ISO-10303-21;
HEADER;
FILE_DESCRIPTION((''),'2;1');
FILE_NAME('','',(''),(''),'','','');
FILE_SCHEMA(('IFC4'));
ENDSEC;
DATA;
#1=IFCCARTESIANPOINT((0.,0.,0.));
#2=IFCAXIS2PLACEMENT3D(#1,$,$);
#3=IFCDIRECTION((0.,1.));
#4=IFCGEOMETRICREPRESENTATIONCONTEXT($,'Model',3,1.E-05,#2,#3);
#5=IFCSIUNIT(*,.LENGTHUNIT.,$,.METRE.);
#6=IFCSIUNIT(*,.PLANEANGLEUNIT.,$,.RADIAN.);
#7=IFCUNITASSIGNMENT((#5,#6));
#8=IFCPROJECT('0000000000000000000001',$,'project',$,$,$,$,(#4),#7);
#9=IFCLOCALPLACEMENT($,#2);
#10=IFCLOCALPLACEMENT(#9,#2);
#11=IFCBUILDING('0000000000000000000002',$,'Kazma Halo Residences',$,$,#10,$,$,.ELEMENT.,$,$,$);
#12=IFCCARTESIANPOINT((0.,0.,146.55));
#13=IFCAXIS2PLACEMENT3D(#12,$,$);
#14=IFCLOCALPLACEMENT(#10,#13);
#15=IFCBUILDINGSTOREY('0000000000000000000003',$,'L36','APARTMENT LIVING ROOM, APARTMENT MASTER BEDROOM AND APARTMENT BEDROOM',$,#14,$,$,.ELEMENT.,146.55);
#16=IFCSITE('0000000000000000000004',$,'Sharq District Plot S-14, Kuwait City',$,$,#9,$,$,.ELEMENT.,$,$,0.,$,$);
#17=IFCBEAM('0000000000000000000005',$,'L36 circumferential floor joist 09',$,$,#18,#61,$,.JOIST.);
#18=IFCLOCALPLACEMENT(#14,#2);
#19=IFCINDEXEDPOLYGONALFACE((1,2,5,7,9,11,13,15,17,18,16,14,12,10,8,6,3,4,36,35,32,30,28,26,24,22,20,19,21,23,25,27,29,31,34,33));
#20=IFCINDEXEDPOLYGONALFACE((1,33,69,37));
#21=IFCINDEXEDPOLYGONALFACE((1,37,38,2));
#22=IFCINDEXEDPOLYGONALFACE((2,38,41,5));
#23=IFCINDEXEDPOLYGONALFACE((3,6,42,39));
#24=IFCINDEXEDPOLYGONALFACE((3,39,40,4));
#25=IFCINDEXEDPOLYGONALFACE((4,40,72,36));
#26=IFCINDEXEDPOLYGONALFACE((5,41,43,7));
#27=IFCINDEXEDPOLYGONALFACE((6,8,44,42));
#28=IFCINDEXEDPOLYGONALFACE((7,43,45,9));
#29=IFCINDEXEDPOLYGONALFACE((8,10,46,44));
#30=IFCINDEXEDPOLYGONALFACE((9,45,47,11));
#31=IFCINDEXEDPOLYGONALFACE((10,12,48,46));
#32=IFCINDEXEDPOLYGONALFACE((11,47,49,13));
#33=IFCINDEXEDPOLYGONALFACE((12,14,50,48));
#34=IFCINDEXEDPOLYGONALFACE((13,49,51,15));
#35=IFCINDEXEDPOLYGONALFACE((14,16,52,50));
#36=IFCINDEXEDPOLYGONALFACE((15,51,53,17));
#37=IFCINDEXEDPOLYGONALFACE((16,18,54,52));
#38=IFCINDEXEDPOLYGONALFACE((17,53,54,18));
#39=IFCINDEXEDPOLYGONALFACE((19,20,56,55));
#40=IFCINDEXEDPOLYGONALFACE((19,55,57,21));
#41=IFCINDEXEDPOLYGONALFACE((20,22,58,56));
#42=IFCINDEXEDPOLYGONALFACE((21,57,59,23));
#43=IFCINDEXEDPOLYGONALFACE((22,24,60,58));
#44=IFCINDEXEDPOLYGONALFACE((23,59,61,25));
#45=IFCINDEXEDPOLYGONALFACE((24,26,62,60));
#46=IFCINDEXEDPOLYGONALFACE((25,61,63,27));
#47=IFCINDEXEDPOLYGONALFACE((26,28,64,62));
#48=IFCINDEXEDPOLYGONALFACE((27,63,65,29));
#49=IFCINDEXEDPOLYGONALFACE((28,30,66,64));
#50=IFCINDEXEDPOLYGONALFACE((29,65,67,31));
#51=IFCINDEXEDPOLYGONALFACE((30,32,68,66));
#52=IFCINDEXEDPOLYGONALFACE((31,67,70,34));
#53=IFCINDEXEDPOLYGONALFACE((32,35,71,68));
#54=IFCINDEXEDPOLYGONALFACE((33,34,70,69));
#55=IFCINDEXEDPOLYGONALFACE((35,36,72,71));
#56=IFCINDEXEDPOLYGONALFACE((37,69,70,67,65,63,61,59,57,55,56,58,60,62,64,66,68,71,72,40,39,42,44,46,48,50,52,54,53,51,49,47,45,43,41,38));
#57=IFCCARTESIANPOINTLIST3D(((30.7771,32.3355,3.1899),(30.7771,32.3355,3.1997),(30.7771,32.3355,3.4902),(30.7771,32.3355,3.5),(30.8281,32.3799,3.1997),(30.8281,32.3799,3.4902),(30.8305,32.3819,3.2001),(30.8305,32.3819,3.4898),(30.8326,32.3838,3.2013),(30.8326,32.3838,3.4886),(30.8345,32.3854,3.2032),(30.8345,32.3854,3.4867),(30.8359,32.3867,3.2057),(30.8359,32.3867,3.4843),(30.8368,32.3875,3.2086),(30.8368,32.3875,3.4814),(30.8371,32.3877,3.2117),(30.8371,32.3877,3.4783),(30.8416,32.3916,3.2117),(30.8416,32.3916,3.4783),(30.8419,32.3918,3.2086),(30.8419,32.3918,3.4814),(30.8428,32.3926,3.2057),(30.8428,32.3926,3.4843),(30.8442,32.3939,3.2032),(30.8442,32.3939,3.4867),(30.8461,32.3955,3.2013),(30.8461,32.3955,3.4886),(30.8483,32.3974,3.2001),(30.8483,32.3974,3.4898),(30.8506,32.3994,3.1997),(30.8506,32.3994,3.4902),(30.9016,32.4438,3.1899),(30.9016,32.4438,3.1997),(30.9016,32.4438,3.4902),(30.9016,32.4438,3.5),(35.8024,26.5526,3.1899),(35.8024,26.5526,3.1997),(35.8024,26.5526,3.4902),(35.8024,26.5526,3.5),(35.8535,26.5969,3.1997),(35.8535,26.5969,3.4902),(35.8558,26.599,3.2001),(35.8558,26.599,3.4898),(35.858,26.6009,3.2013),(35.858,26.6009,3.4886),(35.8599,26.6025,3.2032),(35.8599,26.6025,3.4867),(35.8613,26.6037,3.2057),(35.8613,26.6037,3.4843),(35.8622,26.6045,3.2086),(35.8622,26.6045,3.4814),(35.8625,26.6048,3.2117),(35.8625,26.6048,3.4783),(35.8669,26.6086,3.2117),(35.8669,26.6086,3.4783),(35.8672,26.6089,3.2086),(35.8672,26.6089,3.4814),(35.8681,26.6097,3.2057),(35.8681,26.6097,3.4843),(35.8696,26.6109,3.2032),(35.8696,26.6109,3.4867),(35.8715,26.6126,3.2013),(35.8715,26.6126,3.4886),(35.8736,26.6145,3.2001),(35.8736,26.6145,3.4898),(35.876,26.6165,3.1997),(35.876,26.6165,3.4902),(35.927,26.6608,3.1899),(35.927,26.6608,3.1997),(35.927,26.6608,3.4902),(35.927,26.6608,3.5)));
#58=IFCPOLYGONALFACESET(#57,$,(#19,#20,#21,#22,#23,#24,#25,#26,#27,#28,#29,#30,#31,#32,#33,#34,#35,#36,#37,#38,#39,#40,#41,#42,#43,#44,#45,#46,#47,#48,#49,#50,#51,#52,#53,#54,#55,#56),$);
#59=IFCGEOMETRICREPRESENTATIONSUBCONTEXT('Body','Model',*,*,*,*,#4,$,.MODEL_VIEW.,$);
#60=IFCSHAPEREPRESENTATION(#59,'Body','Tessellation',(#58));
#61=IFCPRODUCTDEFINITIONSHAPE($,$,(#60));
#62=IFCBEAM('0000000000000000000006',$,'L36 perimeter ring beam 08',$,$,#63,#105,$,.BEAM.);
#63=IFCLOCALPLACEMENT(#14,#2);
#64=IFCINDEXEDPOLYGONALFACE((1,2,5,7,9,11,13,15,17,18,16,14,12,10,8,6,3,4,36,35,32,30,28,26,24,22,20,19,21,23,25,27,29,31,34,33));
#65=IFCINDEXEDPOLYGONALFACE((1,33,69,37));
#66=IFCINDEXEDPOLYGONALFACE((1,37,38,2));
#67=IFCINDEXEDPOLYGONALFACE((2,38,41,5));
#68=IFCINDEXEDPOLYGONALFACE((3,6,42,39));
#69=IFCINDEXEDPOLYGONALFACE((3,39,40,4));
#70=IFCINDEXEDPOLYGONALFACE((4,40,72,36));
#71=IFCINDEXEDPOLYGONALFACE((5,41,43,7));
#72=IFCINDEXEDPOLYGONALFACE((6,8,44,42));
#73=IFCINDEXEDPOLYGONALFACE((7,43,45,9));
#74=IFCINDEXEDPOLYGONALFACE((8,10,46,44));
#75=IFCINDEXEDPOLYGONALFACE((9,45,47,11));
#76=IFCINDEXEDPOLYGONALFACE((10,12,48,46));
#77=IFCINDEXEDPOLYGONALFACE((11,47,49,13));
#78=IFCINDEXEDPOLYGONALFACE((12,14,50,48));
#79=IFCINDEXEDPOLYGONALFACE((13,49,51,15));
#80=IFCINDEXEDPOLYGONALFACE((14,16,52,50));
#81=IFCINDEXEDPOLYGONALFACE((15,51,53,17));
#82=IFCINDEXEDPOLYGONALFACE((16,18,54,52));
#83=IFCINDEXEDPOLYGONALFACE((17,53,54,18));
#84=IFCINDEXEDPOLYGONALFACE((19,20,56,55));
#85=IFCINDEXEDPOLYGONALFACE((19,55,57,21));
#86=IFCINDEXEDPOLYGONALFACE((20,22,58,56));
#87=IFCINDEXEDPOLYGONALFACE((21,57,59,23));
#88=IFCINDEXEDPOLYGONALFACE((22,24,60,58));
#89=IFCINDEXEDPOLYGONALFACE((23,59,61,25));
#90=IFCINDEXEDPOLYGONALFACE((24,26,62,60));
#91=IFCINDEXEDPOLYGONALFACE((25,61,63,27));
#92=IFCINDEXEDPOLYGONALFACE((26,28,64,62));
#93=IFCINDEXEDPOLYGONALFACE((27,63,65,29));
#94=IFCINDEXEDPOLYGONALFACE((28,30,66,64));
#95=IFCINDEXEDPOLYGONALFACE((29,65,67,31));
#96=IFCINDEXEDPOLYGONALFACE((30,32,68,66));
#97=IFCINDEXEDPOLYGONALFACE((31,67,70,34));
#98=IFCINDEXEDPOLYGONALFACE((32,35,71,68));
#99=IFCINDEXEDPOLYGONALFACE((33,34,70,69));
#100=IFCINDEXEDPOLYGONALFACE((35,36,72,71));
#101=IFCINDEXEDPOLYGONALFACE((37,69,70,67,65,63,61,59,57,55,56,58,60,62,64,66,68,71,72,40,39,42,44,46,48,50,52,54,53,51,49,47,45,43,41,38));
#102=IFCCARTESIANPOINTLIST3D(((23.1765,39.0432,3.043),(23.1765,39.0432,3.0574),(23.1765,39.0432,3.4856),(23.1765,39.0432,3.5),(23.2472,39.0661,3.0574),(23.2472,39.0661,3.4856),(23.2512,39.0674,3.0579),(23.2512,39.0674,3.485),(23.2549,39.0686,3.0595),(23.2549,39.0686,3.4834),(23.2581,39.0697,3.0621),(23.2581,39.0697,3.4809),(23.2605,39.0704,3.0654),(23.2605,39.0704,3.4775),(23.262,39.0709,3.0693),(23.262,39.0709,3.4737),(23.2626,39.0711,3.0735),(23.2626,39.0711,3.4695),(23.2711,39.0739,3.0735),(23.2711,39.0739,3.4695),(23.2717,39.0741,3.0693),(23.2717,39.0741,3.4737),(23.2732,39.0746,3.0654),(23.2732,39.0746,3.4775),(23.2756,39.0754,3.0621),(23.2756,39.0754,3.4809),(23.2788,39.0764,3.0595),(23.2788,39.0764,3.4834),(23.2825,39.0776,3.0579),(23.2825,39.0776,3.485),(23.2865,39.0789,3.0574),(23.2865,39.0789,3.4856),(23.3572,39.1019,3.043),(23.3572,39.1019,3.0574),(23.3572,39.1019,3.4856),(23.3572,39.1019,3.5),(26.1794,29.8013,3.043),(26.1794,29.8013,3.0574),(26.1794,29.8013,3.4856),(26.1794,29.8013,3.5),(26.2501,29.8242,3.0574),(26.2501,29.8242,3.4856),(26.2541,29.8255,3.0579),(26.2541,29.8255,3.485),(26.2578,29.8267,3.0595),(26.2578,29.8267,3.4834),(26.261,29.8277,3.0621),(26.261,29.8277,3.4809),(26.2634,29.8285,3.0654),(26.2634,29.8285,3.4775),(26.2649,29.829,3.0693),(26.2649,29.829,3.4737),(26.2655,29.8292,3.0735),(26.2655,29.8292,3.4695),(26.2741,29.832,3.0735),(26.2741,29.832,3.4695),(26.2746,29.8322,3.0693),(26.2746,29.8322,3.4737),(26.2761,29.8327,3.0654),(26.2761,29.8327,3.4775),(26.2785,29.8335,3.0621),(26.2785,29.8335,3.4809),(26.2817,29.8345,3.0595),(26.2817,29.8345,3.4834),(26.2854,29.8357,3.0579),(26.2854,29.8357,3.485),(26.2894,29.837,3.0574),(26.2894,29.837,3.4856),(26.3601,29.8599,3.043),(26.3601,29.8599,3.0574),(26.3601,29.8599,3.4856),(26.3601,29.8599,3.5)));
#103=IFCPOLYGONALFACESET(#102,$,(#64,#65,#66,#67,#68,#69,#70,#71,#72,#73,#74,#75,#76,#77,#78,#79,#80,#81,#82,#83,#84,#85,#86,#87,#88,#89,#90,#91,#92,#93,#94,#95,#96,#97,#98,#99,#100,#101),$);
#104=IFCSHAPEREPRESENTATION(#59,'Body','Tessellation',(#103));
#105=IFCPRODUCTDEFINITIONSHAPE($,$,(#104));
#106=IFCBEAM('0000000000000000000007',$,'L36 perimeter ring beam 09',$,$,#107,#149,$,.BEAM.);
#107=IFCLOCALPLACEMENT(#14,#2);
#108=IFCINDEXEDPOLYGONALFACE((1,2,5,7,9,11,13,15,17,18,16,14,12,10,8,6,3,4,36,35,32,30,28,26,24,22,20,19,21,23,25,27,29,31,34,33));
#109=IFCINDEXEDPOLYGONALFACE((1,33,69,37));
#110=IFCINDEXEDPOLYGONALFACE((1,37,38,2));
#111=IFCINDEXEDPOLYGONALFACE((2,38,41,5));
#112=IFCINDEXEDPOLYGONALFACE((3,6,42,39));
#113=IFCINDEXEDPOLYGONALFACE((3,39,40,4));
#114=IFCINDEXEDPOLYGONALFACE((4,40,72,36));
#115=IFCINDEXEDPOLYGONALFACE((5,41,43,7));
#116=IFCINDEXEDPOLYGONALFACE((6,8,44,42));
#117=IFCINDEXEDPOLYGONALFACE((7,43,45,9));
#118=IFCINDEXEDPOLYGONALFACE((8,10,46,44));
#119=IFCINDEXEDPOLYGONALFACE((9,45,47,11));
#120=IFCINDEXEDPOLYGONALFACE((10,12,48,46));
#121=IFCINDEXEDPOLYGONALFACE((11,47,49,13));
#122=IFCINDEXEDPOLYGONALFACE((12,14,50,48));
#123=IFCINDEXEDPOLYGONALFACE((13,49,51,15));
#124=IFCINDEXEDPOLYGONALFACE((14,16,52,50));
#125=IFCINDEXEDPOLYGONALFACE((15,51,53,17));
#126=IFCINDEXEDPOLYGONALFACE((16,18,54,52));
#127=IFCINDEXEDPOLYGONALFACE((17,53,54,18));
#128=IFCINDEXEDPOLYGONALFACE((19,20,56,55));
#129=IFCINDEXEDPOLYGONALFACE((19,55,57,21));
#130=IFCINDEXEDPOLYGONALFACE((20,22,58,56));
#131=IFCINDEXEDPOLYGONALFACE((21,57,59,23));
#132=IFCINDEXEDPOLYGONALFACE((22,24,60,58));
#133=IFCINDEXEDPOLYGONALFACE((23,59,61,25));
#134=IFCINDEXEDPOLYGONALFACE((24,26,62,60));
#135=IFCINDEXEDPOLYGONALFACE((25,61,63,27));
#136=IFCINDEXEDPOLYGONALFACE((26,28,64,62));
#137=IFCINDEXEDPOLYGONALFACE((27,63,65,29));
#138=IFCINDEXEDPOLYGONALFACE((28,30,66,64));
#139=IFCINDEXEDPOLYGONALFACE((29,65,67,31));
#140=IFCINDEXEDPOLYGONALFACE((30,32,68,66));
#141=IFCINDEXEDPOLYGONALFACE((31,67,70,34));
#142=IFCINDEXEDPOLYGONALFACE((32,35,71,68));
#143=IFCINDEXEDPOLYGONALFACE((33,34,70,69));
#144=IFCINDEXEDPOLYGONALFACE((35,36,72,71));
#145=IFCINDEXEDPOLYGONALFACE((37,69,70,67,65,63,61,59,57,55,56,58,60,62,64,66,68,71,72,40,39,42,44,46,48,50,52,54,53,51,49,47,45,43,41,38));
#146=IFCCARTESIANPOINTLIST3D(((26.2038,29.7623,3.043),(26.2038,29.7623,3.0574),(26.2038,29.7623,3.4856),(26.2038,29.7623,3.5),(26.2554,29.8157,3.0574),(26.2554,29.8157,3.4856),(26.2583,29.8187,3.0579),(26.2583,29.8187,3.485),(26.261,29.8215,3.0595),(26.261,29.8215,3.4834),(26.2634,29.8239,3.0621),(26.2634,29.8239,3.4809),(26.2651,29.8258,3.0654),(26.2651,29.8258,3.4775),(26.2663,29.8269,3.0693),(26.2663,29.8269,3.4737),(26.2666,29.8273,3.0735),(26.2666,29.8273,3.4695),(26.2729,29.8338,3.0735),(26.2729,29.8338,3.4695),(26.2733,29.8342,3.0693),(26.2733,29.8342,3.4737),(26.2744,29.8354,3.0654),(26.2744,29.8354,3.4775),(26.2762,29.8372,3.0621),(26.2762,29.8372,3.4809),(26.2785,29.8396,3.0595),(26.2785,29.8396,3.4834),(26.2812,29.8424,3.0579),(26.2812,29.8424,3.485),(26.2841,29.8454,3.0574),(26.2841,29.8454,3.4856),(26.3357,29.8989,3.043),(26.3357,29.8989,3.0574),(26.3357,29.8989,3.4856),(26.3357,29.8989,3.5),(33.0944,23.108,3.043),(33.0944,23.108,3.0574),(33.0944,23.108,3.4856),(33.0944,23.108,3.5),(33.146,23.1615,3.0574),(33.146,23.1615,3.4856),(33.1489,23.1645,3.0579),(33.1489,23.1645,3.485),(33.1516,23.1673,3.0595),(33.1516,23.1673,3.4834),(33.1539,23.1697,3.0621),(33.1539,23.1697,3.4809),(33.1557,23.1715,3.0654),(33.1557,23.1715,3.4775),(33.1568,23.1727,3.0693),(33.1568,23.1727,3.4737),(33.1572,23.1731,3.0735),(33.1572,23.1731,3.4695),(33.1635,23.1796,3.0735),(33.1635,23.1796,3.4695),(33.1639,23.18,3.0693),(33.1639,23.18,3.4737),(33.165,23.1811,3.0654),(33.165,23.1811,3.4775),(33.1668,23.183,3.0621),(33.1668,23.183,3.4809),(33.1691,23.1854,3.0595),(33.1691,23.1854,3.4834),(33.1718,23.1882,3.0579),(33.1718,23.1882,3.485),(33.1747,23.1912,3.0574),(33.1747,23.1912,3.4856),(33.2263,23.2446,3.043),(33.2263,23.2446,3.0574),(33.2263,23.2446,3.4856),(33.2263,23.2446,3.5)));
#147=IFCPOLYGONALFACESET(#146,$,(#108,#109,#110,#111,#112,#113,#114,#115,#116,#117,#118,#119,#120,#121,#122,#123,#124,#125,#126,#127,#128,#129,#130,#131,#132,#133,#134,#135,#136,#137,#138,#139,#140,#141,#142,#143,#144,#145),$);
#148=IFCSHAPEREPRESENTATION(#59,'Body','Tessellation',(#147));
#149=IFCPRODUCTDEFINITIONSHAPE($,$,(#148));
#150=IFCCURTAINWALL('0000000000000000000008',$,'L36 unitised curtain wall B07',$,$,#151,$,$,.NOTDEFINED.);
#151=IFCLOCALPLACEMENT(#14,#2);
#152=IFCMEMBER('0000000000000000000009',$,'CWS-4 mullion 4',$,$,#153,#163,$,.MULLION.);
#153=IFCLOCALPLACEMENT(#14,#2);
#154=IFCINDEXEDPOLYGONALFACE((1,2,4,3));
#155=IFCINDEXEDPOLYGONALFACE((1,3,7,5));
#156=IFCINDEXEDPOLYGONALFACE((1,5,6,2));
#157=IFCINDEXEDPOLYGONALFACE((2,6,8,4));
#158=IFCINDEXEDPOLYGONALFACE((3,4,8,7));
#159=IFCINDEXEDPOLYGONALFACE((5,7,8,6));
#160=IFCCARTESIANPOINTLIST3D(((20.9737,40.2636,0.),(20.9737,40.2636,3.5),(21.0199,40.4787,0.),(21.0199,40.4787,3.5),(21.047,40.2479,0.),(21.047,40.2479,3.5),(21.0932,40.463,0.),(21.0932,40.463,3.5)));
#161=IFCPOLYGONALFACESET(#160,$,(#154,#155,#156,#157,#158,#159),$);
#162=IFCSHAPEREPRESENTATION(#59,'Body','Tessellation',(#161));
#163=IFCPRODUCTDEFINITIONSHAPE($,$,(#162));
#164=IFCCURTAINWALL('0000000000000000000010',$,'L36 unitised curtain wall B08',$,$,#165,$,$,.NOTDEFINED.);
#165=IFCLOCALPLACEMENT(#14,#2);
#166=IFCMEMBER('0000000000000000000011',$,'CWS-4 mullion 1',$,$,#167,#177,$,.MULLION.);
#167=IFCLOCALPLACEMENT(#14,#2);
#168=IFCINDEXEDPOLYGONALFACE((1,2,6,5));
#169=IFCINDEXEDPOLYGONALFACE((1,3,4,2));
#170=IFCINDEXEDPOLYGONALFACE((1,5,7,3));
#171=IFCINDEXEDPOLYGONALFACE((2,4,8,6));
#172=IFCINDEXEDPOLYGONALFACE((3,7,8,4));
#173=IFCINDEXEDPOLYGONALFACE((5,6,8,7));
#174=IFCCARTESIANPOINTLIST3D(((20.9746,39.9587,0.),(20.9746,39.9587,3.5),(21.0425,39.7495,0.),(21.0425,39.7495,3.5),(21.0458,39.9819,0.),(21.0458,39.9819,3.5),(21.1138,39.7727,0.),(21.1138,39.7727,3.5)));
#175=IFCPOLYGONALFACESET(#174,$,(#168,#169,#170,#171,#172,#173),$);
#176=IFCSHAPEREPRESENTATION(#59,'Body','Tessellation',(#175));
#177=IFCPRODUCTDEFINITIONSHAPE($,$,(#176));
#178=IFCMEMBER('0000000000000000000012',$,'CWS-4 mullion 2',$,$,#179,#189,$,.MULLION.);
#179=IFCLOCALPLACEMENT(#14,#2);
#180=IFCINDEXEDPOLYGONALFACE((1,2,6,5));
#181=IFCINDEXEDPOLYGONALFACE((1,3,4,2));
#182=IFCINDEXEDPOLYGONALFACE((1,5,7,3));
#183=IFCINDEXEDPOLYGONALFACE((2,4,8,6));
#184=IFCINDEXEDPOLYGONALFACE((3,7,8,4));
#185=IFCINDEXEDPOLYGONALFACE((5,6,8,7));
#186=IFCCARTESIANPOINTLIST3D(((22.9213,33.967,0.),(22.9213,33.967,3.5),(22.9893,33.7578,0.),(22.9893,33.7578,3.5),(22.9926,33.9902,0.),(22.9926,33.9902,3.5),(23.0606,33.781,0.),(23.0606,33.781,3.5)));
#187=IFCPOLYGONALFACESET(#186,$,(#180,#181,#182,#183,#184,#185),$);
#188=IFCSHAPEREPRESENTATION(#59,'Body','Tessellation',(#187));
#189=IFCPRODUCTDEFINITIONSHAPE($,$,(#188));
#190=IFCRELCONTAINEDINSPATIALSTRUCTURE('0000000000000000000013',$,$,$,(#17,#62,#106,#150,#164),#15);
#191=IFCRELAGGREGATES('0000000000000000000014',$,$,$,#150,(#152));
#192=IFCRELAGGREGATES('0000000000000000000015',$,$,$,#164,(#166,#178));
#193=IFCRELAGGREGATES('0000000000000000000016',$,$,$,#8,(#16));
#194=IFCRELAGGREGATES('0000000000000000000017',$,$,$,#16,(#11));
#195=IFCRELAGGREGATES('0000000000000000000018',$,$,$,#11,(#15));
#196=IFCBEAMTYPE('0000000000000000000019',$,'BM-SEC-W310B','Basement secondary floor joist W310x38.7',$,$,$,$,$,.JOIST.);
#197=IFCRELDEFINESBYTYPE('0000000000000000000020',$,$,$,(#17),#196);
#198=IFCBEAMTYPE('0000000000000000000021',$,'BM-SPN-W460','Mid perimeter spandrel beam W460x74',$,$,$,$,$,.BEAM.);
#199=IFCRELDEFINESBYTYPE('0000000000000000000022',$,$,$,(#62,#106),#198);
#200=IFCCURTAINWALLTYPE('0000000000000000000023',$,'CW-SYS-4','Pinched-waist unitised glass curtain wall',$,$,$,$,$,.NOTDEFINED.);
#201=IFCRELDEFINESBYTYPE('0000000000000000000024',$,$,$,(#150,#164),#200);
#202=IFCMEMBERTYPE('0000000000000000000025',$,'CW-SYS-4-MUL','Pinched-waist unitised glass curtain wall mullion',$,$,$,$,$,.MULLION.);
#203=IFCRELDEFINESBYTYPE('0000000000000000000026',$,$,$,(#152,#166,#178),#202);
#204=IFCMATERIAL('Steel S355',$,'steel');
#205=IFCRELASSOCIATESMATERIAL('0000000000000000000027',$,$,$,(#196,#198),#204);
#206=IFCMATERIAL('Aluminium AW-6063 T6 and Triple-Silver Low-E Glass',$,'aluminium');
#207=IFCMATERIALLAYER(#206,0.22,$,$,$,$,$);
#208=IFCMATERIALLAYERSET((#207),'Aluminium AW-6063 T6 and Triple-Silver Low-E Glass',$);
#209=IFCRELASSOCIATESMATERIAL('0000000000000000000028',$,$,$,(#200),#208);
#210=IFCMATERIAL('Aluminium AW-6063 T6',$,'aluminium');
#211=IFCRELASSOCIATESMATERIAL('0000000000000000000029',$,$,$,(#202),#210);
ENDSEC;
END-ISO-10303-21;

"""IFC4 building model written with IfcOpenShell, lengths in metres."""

from ifc_helpers import new_model, si_unit, direction, frame, origin, origin_2d, place, context, subcontext, project, spatial, rectangle, i_section, extrude, material, layer, layer_set, material_profile, profile_set, type_object, element, aggregate, save


model = new_model("IFC4")

# Units and contexts
model_context = context("Model", 3, precision=1e-05, world=origin(), true_north=direction((0.0, 1.0)))
body_context = subcontext(model_context, "Body", "Model", "MODEL_VIEW")
ifc_project = project(units=[si_unit("LENGTHUNIT", "METRE"), si_unit("PLANEANGLEUNIT", "RADIAN")], contexts=[model_context])

# Site, building, storey
site_placement = place(None, origin())
site = spatial("IfcSite", under=ifc_project, at=site_placement, Name="Sharq District Plot S-14, Kuwait City", CompositionType="ELEMENT", RefElevation=0.0)
building_placement = place(site_placement, origin())
building = spatial("IfcBuilding", under=site, at=building_placement, Name="Kazma Halo Residences", CompositionType="ELEMENT")
storey_placement = place(building_placement, frame((0.0, 0.0, 146.55)))
storey = spatial("IfcBuildingStorey", under=building, at=storey_placement, Name="L36", Description="APARTMENT LIVING ROOM, APARTMENT MASTER BEDROOM AND APARTMENT BEDROOM", CompositionType="ELEMENT", Elevation=146.55)

# Beams
ifc_material_1 = material(Name="Steel S355", Category="steel")
ifc_material_profile_1 = material_profile(ifc_material_1, i_section(OverallWidth=0.165, OverallDepth=0.3101, WebThickness=0.0059, FlangeThickness=0.0098, FilletRadius=0.012, at=origin_2d()), Name="W310x38.7")
ifc_profile_set_1 = profile_set([ifc_material_profile_1], Name="Steel S355")
beam_type_1 = type_object("IfcBeamType", Name="BM-SEC-W310B", Description="Basement secondary floor joist W310x38.7", PredefinedType="JOIST", material=ifc_profile_set_1)
beam_1_placement = place(storey_placement, frame((30.8394, 32.3896, 3.345), z_axis=(0.655936, -0.754817, 0.0), x_axis=(0.754817, 0.655936, 0.0)))
element("IfcBeam", 1, at=beam_1_placement, inside=storey, type_object=beam_type_1, Name="L36 circumferential floor joist 09", PredefinedType="JOIST", context=body_context, shape_type="SweptSolid", body=[
    extrude(i_section(OverallWidth=0.165, OverallDepth=0.3101, WebThickness=0.0059, FlangeThickness=0.0098, FilletRadius=0.012, at=origin_2d()), origin(), (0.0, 0.0, 1.0), 7.6614),
])
ifc_material_profile_2 = material_profile(ifc_material_1, i_section(OverallWidth=0.1899, OverallDepth=0.457, WebThickness=0.009, FlangeThickness=0.0144, FilletRadius=0.0161, at=origin_2d()), Name="W460x74")
ifc_profile_set_2 = profile_set([ifc_material_profile_2], Name="Steel S355")
beam_type_2 = type_object("IfcBeamType", Name="BM-SPN-W460", Description="Mid perimeter spandrel beam W460x74", PredefinedType="BEAM", material=ifc_profile_set_2)
beam_2_placement = place(storey_placement, frame((23.2668, 39.0725, 3.2715), z_axis=(0.309021, -0.951055, 0.0), x_axis=(0.951055, 0.309021, 0.0)))
element("IfcBeam", 2, at=beam_2_placement, inside=storey, type_object=beam_type_2, Name="L36 perimeter ring beam 08", PredefinedType="BEAM", context=body_context, shape_type="SweptSolid", body=[
    extrude(i_section(OverallWidth=0.1899, OverallDepth=0.457, WebThickness=0.009, FlangeThickness=0.0144, FilletRadius=0.0161, at=origin_2d()), origin(), (0.0, 0.0, 1.0), 9.7175),
])
beam_3_placement = place(storey_placement, frame((26.2698, 29.8306, 3.2715), z_axis=(0.719335, -0.694664, 0.0), x_axis=(0.694664, 0.719335, 0.0)))
element("IfcBeam", 3, at=beam_3_placement, inside=storey, type_object=beam_type_2, Name="L36 perimeter ring beam 09", PredefinedType="BEAM", context=body_context, shape_type="SweptSolid", body=[
    extrude(i_section(OverallWidth=0.1899, OverallDepth=0.457, WebThickness=0.009, FlangeThickness=0.0144, FilletRadius=0.0161, at=origin_2d()), origin(), (0.0, 0.0, 1.0), 9.5791),
])

# Curtain wall, member
ifc_material_2 = material(Name="Aluminium AW-6063 T6 and Triple-Silver Low-E Glass", Category="aluminium")
ifc_layer_1 = layer(ifc_material_2, 0.22)
ifc_layer_set_1 = layer_set([ifc_layer_1], Name="Aluminium AW-6063 T6 and Triple-Silver Low-E Glass")
curtain_wall_type = type_object("IfcCurtainWallType", Name="CW-SYS-4", Description="Pinched-waist unitised glass curtain wall", PredefinedType="NOTDEFINED", material=ifc_layer_set_1)
curtain_wall_1_placement = place(storey_placement, origin())
curtain_wall_1 = element("IfcCurtainWall", 4, at=curtain_wall_1_placement, inside=storey, type_object=curtain_wall_type, Name="L36 unitised curtain wall B07", PredefinedType="NOTDEFINED")
ifc_material_3 = material(Name="Aluminium AW-6063 T6", Category="aluminium")
ifc_material_profile_3 = material_profile(ifc_material_3, rectangle(XDim=0.075, YDim=0.22, at=origin_2d()), Name="CWM-75x220")
ifc_profile_set_3 = profile_set([ifc_material_profile_3], Name="Aluminium AW-6063 T6")
member_type_1 = type_object("IfcMemberType", Name="CW-SYS-4-MUL", Description="Pinched-waist unitised glass curtain wall mullion", PredefinedType="MULLION", material=ifc_profile_set_3)
member_1_placement = place(storey_placement, frame((21.0334, 40.3633, 0.0), z_axis=(0.0, 0.0, 1.0), x_axis=(0.977765, -0.209704, 0.0)))
member_1 = element("IfcMember", 5, at=member_1_placement, type_object=member_type_1, Name="CWS-4 mullion 4", PredefinedType="MULLION", context=body_context, shape_type="SweptSolid", body=[
    extrude(rectangle(XDim=0.075, YDim=0.22, at=origin_2d()), origin(), (0.0, 0.0, 1.0), 3.5),
])
aggregate(curtain_wall_1, [member_1])

# Curtain wall, members
curtain_wall_2_placement = place(storey_placement, origin())
curtain_wall_2 = element("IfcCurtainWall", 6, at=curtain_wall_2_placement, inside=storey, type_object=curtain_wall_type, Name="L36 unitised curtain wall B08", PredefinedType="NOTDEFINED")
member_2_placement = place(storey_placement, frame((21.0442, 39.8657, 0.0), z_axis=(0.0, 0.0, 1.0), x_axis=(0.951058, 0.309014, 0.0)))
member_2 = element("IfcMember", 7, at=member_2_placement, type_object=member_type_1, Name="CWS-4 mullion 1", PredefinedType="MULLION", context=body_context, shape_type="SweptSolid", body=[
    extrude(rectangle(XDim=0.075, YDim=0.22, at=origin_2d()), origin(), (0.0, 0.0, 1.0), 3.5),
])
member_3_placement = place(storey_placement, frame((22.991, 33.874, 0.0), z_axis=(0.0, 0.0, 1.0), x_axis=(0.951058, 0.309014, 0.0)))
member_3 = element("IfcMember", 8, at=member_3_placement, type_object=member_type_1, Name="CWS-4 mullion 2", PredefinedType="MULLION", context=body_context, shape_type="SweptSolid", body=[
    extrude(rectangle(XDim=0.075, YDim=0.22, at=origin_2d()), origin(), (0.0, 0.0, 1.0), 3.5),
])
aggregate(curtain_wall_2, [member_2, member_3])

save(model, "model.ifc")
